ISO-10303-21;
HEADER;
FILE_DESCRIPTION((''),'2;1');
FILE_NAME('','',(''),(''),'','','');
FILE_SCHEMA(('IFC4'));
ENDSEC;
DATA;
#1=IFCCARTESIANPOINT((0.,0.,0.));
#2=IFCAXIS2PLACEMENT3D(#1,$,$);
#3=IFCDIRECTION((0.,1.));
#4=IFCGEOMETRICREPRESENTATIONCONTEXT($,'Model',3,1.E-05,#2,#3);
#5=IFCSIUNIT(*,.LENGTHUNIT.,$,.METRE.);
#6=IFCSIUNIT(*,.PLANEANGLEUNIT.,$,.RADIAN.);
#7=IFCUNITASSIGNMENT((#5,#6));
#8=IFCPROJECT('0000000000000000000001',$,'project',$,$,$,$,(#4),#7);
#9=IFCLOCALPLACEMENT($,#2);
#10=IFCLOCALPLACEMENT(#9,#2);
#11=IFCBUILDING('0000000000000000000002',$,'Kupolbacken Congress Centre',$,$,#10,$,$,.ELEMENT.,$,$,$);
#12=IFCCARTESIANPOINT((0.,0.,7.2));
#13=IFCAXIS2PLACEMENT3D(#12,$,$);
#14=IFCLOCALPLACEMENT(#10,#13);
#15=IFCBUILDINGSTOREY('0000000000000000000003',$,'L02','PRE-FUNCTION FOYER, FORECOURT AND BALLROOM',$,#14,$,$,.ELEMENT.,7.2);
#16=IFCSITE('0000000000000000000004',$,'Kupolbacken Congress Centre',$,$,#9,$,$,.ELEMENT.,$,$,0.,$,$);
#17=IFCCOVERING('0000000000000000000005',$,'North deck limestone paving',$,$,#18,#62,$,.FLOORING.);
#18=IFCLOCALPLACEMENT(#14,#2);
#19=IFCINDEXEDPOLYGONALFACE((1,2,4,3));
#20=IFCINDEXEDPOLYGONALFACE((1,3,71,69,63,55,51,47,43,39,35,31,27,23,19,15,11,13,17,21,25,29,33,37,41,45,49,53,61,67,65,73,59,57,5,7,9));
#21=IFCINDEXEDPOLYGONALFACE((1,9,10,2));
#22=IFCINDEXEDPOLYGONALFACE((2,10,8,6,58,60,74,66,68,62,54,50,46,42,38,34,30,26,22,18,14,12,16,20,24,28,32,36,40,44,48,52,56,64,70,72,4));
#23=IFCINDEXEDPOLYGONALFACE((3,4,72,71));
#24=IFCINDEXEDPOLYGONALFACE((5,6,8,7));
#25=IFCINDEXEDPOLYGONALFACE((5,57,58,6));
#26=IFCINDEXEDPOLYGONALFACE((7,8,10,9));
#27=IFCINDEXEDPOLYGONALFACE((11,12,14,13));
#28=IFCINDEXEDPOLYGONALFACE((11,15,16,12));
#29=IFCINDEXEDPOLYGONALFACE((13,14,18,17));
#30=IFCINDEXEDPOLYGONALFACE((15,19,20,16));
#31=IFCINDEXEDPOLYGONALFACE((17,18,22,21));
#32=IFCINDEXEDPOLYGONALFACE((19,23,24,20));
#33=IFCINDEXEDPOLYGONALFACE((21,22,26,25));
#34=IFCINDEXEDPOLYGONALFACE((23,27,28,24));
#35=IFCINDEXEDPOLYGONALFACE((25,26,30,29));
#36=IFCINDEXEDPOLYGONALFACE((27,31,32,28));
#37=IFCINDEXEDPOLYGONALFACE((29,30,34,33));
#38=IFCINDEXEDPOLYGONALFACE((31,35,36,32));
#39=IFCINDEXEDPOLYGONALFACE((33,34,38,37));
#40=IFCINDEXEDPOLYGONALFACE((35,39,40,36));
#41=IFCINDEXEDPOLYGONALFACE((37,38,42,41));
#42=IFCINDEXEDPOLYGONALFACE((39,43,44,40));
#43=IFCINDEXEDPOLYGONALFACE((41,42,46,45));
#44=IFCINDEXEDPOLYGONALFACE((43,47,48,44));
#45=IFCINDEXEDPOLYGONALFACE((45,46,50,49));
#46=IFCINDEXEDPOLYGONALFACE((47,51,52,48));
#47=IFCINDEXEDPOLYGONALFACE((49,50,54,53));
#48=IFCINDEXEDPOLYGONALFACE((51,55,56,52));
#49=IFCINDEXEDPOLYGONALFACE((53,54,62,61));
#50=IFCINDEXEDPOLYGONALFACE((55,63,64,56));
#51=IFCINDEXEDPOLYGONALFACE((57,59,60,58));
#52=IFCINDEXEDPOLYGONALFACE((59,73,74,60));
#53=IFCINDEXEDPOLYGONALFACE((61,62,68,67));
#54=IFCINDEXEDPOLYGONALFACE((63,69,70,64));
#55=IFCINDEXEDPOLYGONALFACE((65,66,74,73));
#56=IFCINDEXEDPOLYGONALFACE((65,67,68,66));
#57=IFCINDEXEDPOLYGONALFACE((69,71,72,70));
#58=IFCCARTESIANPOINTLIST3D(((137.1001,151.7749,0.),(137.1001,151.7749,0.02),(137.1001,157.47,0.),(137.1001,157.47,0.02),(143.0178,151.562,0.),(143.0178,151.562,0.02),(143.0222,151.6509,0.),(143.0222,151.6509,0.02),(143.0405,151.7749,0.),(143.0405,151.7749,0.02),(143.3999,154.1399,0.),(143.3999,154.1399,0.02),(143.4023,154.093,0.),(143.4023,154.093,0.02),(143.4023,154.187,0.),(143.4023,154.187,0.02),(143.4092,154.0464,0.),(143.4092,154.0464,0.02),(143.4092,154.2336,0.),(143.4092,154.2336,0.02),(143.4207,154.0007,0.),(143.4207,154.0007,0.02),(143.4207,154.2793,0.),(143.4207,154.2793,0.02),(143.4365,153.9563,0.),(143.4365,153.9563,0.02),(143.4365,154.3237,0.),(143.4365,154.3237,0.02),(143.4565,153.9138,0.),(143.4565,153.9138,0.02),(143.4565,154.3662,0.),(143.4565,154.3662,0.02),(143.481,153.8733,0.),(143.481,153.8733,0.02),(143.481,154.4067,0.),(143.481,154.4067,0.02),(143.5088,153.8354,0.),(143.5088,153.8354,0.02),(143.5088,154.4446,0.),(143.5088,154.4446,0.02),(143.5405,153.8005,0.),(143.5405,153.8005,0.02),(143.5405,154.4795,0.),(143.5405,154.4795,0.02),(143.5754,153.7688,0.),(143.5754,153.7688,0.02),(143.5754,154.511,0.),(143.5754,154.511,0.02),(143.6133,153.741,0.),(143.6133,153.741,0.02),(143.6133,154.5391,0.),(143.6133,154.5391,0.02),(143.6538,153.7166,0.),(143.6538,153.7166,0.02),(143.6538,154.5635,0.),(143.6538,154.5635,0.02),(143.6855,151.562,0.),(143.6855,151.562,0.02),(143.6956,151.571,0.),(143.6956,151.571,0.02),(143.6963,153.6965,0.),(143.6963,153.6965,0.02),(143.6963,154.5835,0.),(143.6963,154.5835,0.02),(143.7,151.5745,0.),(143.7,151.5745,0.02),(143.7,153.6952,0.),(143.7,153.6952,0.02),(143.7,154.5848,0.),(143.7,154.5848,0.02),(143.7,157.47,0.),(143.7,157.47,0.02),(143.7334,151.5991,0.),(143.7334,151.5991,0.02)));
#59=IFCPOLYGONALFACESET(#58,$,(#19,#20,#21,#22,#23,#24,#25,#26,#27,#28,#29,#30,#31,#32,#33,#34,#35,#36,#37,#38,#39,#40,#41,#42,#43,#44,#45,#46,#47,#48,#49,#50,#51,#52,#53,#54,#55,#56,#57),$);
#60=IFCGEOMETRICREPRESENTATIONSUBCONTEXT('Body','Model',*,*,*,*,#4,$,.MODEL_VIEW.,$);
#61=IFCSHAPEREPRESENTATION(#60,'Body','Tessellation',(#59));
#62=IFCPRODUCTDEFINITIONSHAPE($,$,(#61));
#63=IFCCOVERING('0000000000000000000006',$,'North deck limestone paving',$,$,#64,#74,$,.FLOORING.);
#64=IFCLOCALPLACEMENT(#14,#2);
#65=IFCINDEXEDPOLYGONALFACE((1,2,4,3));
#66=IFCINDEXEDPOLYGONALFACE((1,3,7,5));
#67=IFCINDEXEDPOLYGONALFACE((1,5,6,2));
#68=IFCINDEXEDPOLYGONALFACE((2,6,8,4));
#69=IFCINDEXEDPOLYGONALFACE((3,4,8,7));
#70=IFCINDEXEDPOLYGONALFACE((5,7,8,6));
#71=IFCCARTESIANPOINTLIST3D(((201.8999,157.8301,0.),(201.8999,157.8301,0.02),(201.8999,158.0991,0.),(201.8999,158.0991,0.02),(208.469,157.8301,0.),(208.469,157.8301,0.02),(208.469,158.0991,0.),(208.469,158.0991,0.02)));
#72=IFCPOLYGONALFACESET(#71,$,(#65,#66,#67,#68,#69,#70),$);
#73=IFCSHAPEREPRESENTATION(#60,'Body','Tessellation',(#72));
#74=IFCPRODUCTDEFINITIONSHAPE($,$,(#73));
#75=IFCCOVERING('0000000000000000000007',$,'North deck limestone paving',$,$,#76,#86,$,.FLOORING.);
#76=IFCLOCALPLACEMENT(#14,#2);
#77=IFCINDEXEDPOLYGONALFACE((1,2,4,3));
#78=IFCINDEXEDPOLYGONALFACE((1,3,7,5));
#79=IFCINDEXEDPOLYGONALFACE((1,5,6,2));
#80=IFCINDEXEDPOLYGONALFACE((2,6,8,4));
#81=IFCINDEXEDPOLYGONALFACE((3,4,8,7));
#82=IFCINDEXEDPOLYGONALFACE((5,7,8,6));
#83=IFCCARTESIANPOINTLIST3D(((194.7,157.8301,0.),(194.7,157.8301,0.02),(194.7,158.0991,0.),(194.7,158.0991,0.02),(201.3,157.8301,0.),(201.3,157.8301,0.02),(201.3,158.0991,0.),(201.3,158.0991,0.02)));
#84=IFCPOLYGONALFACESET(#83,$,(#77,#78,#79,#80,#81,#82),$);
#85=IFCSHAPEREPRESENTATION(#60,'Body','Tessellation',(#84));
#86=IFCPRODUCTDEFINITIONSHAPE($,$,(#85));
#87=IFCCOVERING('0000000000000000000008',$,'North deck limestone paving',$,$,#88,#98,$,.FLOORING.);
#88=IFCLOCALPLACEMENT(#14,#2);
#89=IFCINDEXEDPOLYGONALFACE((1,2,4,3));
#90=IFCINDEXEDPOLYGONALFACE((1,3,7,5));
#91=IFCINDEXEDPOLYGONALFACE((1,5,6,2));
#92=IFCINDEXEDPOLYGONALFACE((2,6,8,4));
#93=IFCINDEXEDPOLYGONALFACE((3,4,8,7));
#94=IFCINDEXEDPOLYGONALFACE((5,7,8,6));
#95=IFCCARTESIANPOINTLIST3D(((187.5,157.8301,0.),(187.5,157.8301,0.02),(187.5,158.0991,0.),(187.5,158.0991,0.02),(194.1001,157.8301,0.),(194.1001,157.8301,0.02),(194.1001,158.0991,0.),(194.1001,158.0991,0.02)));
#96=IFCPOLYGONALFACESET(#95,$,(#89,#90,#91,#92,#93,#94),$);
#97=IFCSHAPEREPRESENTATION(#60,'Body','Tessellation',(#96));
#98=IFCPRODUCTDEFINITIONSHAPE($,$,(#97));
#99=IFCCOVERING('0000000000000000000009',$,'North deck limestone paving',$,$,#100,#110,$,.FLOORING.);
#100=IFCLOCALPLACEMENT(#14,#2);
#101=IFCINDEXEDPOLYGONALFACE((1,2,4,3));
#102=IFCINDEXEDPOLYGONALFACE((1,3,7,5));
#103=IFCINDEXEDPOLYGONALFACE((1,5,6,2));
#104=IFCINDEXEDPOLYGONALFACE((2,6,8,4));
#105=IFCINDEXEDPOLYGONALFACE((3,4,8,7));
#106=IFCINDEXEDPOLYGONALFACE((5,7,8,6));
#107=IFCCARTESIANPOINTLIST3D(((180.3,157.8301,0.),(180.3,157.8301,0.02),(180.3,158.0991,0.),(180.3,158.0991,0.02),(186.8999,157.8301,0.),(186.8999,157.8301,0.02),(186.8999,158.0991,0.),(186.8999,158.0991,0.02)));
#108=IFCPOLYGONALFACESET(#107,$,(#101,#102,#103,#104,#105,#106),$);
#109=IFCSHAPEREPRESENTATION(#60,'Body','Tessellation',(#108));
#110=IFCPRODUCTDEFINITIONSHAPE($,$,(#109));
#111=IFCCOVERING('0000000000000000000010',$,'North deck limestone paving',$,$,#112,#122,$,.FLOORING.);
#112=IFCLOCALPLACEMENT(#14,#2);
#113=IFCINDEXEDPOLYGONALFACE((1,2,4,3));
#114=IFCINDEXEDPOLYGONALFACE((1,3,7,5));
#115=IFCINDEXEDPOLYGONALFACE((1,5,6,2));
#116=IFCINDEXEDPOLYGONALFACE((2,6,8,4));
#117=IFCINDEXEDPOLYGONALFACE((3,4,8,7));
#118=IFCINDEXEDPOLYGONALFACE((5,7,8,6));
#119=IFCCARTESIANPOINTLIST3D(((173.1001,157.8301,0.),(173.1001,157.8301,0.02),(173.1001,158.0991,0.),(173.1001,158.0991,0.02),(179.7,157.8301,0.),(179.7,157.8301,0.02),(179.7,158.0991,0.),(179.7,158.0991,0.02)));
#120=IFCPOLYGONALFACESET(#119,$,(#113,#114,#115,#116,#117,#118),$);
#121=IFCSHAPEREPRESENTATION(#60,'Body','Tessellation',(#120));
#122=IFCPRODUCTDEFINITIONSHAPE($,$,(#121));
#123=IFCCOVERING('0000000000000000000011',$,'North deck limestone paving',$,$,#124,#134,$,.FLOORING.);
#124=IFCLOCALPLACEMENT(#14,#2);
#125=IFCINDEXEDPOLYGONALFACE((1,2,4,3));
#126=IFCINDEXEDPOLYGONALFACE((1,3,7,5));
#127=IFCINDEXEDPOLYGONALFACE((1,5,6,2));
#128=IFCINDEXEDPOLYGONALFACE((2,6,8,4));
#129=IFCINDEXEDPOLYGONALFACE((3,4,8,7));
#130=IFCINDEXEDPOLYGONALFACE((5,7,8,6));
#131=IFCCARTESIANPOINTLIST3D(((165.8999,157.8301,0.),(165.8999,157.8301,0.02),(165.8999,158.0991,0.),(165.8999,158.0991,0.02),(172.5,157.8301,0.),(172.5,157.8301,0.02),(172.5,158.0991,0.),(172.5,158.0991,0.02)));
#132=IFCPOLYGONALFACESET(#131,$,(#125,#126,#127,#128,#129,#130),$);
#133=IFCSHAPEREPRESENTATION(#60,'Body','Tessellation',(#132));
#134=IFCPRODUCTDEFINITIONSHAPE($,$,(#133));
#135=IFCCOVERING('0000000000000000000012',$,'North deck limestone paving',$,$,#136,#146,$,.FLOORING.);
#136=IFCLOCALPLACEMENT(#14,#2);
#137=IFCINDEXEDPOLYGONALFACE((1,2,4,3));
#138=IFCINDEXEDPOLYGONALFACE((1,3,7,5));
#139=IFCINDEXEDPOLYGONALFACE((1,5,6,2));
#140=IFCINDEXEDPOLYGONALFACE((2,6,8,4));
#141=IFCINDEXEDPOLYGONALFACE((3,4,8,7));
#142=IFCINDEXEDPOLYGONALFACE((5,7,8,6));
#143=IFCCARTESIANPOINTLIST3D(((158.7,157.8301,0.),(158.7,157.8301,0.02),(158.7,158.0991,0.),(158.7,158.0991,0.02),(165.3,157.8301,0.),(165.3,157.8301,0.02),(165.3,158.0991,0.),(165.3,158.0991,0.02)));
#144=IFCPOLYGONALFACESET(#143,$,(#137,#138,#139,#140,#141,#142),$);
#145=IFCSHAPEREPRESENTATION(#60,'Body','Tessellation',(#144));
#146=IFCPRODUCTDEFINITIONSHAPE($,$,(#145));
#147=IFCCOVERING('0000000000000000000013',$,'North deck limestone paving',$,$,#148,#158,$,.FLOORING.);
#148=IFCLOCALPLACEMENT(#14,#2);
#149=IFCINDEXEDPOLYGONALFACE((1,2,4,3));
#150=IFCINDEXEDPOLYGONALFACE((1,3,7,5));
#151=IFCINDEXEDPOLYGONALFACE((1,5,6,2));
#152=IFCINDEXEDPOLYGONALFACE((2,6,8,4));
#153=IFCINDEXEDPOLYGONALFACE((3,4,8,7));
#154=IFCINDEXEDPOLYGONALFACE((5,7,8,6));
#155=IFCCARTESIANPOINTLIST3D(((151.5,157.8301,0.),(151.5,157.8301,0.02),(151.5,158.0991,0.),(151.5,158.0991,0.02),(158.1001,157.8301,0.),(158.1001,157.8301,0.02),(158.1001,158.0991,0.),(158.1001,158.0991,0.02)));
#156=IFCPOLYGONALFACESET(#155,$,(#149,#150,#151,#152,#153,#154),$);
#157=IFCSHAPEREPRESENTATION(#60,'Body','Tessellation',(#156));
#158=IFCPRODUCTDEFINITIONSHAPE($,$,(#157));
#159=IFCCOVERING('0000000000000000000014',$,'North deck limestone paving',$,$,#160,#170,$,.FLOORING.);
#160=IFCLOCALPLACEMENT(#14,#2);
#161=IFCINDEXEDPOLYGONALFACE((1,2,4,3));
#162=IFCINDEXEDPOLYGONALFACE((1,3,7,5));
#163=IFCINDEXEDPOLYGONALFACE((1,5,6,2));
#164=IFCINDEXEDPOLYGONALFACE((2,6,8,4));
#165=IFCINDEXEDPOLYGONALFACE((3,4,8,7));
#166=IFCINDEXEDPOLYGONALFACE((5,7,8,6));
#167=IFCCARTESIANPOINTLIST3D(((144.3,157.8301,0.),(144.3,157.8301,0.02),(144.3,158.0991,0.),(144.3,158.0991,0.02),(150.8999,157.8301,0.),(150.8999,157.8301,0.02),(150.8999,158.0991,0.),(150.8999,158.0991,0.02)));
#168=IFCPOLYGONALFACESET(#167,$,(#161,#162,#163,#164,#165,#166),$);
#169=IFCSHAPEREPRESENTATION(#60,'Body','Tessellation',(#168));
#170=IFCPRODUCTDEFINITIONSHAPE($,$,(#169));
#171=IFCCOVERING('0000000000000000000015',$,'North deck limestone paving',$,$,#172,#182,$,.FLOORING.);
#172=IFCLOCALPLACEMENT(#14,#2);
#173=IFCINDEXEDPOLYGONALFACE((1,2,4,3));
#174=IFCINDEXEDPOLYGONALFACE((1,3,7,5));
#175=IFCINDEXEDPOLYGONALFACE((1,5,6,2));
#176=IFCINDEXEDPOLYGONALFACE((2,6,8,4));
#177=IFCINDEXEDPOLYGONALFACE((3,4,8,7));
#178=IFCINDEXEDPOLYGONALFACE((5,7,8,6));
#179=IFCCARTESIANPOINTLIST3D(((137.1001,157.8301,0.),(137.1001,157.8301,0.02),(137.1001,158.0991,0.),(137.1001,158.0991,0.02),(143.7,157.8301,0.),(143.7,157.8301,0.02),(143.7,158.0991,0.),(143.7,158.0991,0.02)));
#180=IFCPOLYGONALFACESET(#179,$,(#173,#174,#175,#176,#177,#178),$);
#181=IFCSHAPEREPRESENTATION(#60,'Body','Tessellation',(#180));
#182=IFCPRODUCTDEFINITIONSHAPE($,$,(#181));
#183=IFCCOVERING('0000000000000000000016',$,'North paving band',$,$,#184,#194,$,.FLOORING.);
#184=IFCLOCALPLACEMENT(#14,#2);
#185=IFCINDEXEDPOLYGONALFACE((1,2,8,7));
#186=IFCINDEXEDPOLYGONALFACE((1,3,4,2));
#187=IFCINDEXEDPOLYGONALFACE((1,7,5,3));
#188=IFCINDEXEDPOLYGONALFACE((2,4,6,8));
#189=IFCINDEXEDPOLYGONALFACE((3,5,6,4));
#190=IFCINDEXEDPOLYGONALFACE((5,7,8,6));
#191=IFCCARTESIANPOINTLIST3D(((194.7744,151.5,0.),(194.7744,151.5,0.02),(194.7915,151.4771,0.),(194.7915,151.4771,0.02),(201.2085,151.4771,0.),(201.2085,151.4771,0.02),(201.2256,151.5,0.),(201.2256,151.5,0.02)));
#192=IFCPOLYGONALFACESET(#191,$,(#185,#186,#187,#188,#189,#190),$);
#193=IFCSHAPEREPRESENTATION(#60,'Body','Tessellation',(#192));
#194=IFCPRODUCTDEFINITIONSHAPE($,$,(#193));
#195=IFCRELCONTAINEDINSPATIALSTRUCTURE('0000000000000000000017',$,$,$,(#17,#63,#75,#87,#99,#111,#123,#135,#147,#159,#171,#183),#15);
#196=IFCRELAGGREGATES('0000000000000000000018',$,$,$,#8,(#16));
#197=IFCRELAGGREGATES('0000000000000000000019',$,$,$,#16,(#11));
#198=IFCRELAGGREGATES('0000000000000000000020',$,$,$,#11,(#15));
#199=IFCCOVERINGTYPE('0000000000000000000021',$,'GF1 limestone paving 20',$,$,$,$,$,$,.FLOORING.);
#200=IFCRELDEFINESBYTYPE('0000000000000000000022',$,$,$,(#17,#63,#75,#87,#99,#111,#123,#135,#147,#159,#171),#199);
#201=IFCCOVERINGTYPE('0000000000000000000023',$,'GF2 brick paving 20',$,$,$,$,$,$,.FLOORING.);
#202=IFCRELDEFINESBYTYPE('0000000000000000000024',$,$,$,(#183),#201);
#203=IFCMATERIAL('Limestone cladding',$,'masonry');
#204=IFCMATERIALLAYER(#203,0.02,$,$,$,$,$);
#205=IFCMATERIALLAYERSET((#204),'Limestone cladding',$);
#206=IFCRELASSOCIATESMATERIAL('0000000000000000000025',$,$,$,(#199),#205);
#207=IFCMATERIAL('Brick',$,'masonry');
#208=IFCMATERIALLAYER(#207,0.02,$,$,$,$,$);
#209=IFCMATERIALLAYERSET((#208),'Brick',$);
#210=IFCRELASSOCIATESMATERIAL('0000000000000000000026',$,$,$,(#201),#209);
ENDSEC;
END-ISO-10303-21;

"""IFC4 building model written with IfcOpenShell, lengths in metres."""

from ifc_helpers import new_model, si_unit, direction, frame, origin, place, context, subcontext, project, spatial, polyline, outline, extrude, material, layer, layer_set, type_object, element, save


model = new_model("IFC4")

# Units and contexts
model_context = context("Model", 3, precision=1e-05, world=origin(), true_north=direction((0.0, 1.0)))
body_context = subcontext(model_context, "Body", "Model", "MODEL_VIEW")
ifc_project = project(units=[si_unit("LENGTHUNIT", "METRE"), si_unit("PLANEANGLEUNIT", "RADIAN")], contexts=[model_context])

# Site, building, storey
site_placement = place(None, origin())
site = spatial("IfcSite", under=ifc_project, at=site_placement, Name="Kupolbacken Congress Centre", CompositionType="ELEMENT", RefElevation=0.0)
building_placement = place(site_placement, origin())
building = spatial("IfcBuilding", under=site, at=building_placement, Name="Kupolbacken Congress Centre", CompositionType="ELEMENT")
storey_placement = place(building_placement, frame((0.0, 0.0, 7.2)))
storey = spatial("IfcBuildingStorey", under=building, at=storey_placement, Name="L02", Description="PRE-FUNCTION FOYER, FORECOURT AND BALLROOM", CompositionType="ELEMENT", Elevation=7.2)

# Coverings
ifc_material_1 = material(Name="Limestone cladding", Category="masonry")
ifc_layer_1 = layer(ifc_material_1, 0.02)
ifc_layer_set_1 = layer_set([ifc_layer_1], Name="Limestone cladding")
covering_type_1 = type_object("IfcCoveringType", Name="GF1 limestone paving 20", PredefinedType="FLOORING", material=ifc_layer_set_1)
covering_1_placement = place(storey_placement, origin())
element("IfcCovering", 1, at=covering_1_placement, inside=storey, type_object=covering_type_1, Name="North deck limestone paving", PredefinedType="FLOORING", context=body_context, shape_type="SweptSolid", body=[
    extrude(outline(polyline([(143.6956, 151.571), (143.6855, 151.562), (143.0178, 151.562), (143.0222, 151.6509), (143.0405, 151.7749), (137.1001, 151.7749), (137.1001, 157.47), (143.7, 157.47), (143.7, 154.5847), (143.7407, 154.5994), (143.6963, 154.5835), (143.6538, 154.5635), (143.6133, 154.5391), (143.5754, 154.511), (143.5405, 154.4795), (143.5088, 154.4446), (143.481, 154.4067), (143.4565, 154.3662), (143.4365, 154.3237), (143.4207, 154.2793), (143.4092, 154.2336), (143.4023, 154.187), (143.3999, 154.1399), (143.4023, 154.093), (143.4092, 154.0464), (143.4207, 154.0007), (143.4365, 153.9563), (143.4565, 153.9138), (143.481, 153.8733), (143.5088, 153.8354), (143.5405, 153.8005), (143.5754, 153.7688), (143.6133, 153.741), (143.6538, 153.7166), (143.6963, 153.6965), (143.7407, 153.6807), (143.7, 153.6953), (143.7, 151.5745), (143.7334, 151.5991), (143.6956, 151.571)])), origin(), (0.0, 0.0, 1.0), 0.02),
])
covering_2_placement = place(storey_placement, origin())
element("IfcCovering", 2, at=covering_2_placement, inside=storey, type_object=covering_type_1, Name="North deck limestone paving", PredefinedType="FLOORING", context=body_context, shape_type="SweptSolid", body=[
    extrude(outline(polyline([(201.8999, 157.8301), (201.8999, 158.0991), (208.469, 158.0991), (208.469, 157.8301), (201.8999, 157.8301)])), origin(), (0.0, 0.0, 1.0), 0.02),
])
covering_3_placement = place(storey_placement, origin())
element("IfcCovering", 3, at=covering_3_placement, inside=storey, type_object=covering_type_1, Name="North deck limestone paving", PredefinedType="FLOORING", context=body_context, shape_type="SweptSolid", body=[
    extrude(outline(polyline([(194.7, 157.8301), (194.7, 158.0991), (201.3, 158.0991), (201.3, 157.8301), (194.7, 157.8301)])), origin(), (0.0, 0.0, 1.0), 0.02),
])
covering_4_placement = place(storey_placement, origin())
element("IfcCovering", 4, at=covering_4_placement, inside=storey, type_object=covering_type_1, Name="North deck limestone paving", PredefinedType="FLOORING", context=body_context, shape_type="SweptSolid", body=[
    extrude(outline(polyline([(187.5, 157.8301), (187.5, 158.0991), (194.1001, 158.0991), (194.1001, 157.8301), (187.5, 157.8301)])), origin(), (0.0, 0.0, 1.0), 0.02),
])
covering_5_placement = place(storey_placement, origin())
element("IfcCovering", 5, at=covering_5_placement, inside=storey, type_object=covering_type_1, Name="North deck limestone paving", PredefinedType="FLOORING", context=body_context, shape_type="SweptSolid", body=[
    extrude(outline(polyline([(180.3, 157.8301), (180.3, 158.0991), (186.8999, 158.0991), (186.8999, 157.8301), (180.3, 157.8301)])), origin(), (0.0, 0.0, 1.0), 0.02),
])
covering_6_placement = place(storey_placement, origin())
element("IfcCovering", 6, at=covering_6_placement, inside=storey, type_object=covering_type_1, Name="North deck limestone paving", PredefinedType="FLOORING", context=body_context, shape_type="SweptSolid", body=[
    extrude(outline(polyline([(173.1001, 157.8301), (173.1001, 158.0991), (179.7, 158.0991), (179.7, 157.8301), (173.1001, 157.8301)])), origin(), (0.0, 0.0, 1.0), 0.02),
])
covering_7_placement = place(storey_placement, origin())
element("IfcCovering", 7, at=covering_7_placement, inside=storey, type_object=covering_type_1, Name="North deck limestone paving", PredefinedType="FLOORING", context=body_context, shape_type="SweptSolid", body=[
    extrude(outline(polyline([(165.8999, 157.8301), (165.8999, 158.0991), (172.5, 158.0991), (172.5, 157.8301), (165.8999, 157.8301)])), origin(), (0.0, 0.0, 1.0), 0.02),
])
covering_8_placement = place(storey_placement, origin())
element("IfcCovering", 8, at=covering_8_placement, inside=storey, type_object=covering_type_1, Name="North deck limestone paving", PredefinedType="FLOORING", context=body_context, shape_type="SweptSolid", body=[
    extrude(outline(polyline([(158.7, 157.8301), (158.7, 158.0991), (165.3, 158.0991), (165.3, 157.8301), (158.7, 157.8301)])), origin(), (0.0, 0.0, 1.0), 0.02),
])
covering_9_placement = place(storey_placement, origin())
element("IfcCovering", 9, at=covering_9_placement, inside=storey, type_object=covering_type_1, Name="North deck limestone paving", PredefinedType="FLOORING", context=body_context, shape_type="SweptSolid", body=[
    extrude(outline(polyline([(151.5, 157.8301), (151.5, 158.0991), (158.1001, 158.0991), (158.1001, 157.8301), (151.5, 157.8301)])), origin(), (0.0, 0.0, 1.0), 0.02),
])
covering_10_placement = place(storey_placement, origin())
element("IfcCovering", 10, at=covering_10_placement, inside=storey, type_object=covering_type_1, Name="North deck limestone paving", PredefinedType="FLOORING", context=body_context, shape_type="SweptSolid", body=[
    extrude(outline(polyline([(144.3, 157.8301), (144.3, 158.0991), (150.8999, 158.0991), (150.8999, 157.8301), (144.3, 157.8301)])), origin(), (0.0, 0.0, 1.0), 0.02),
])
covering_11_placement = place(storey_placement, origin())
element("IfcCovering", 11, at=covering_11_placement, inside=storey, type_object=covering_type_1, Name="North deck limestone paving", PredefinedType="FLOORING", context=body_context, shape_type="SweptSolid", body=[
    extrude(outline(polyline([(137.1001, 157.8301), (137.1001, 158.0991), (143.7, 158.0991), (143.7, 157.8301), (137.1001, 157.8301)])), origin(), (0.0, 0.0, 1.0), 0.02),
])
ifc_material_2 = material(Name="Brick", Category="masonry")
ifc_layer_2 = layer(ifc_material_2, 0.02)
ifc_layer_set_2 = layer_set([ifc_layer_2], Name="Brick")
covering_type_2 = type_object("IfcCoveringType", Name="GF2 brick paving 20", PredefinedType="FLOORING", material=ifc_layer_set_2)
covering_12_placement = place(storey_placement, origin())
element("IfcCovering", 12, at=covering_12_placement, inside=storey, type_object=covering_type_2, Name="North paving band", PredefinedType="FLOORING", context=body_context, shape_type="SweptSolid", body=[
    extrude(outline(polyline([(201.2256, 151.5), (201.2085, 151.4771), (194.7915, 151.4771), (194.7744, 151.5), (201.2256, 151.5)])), origin(), (0.0, 0.0, 1.0), 0.02),
])

save(model, "model.ifc")
